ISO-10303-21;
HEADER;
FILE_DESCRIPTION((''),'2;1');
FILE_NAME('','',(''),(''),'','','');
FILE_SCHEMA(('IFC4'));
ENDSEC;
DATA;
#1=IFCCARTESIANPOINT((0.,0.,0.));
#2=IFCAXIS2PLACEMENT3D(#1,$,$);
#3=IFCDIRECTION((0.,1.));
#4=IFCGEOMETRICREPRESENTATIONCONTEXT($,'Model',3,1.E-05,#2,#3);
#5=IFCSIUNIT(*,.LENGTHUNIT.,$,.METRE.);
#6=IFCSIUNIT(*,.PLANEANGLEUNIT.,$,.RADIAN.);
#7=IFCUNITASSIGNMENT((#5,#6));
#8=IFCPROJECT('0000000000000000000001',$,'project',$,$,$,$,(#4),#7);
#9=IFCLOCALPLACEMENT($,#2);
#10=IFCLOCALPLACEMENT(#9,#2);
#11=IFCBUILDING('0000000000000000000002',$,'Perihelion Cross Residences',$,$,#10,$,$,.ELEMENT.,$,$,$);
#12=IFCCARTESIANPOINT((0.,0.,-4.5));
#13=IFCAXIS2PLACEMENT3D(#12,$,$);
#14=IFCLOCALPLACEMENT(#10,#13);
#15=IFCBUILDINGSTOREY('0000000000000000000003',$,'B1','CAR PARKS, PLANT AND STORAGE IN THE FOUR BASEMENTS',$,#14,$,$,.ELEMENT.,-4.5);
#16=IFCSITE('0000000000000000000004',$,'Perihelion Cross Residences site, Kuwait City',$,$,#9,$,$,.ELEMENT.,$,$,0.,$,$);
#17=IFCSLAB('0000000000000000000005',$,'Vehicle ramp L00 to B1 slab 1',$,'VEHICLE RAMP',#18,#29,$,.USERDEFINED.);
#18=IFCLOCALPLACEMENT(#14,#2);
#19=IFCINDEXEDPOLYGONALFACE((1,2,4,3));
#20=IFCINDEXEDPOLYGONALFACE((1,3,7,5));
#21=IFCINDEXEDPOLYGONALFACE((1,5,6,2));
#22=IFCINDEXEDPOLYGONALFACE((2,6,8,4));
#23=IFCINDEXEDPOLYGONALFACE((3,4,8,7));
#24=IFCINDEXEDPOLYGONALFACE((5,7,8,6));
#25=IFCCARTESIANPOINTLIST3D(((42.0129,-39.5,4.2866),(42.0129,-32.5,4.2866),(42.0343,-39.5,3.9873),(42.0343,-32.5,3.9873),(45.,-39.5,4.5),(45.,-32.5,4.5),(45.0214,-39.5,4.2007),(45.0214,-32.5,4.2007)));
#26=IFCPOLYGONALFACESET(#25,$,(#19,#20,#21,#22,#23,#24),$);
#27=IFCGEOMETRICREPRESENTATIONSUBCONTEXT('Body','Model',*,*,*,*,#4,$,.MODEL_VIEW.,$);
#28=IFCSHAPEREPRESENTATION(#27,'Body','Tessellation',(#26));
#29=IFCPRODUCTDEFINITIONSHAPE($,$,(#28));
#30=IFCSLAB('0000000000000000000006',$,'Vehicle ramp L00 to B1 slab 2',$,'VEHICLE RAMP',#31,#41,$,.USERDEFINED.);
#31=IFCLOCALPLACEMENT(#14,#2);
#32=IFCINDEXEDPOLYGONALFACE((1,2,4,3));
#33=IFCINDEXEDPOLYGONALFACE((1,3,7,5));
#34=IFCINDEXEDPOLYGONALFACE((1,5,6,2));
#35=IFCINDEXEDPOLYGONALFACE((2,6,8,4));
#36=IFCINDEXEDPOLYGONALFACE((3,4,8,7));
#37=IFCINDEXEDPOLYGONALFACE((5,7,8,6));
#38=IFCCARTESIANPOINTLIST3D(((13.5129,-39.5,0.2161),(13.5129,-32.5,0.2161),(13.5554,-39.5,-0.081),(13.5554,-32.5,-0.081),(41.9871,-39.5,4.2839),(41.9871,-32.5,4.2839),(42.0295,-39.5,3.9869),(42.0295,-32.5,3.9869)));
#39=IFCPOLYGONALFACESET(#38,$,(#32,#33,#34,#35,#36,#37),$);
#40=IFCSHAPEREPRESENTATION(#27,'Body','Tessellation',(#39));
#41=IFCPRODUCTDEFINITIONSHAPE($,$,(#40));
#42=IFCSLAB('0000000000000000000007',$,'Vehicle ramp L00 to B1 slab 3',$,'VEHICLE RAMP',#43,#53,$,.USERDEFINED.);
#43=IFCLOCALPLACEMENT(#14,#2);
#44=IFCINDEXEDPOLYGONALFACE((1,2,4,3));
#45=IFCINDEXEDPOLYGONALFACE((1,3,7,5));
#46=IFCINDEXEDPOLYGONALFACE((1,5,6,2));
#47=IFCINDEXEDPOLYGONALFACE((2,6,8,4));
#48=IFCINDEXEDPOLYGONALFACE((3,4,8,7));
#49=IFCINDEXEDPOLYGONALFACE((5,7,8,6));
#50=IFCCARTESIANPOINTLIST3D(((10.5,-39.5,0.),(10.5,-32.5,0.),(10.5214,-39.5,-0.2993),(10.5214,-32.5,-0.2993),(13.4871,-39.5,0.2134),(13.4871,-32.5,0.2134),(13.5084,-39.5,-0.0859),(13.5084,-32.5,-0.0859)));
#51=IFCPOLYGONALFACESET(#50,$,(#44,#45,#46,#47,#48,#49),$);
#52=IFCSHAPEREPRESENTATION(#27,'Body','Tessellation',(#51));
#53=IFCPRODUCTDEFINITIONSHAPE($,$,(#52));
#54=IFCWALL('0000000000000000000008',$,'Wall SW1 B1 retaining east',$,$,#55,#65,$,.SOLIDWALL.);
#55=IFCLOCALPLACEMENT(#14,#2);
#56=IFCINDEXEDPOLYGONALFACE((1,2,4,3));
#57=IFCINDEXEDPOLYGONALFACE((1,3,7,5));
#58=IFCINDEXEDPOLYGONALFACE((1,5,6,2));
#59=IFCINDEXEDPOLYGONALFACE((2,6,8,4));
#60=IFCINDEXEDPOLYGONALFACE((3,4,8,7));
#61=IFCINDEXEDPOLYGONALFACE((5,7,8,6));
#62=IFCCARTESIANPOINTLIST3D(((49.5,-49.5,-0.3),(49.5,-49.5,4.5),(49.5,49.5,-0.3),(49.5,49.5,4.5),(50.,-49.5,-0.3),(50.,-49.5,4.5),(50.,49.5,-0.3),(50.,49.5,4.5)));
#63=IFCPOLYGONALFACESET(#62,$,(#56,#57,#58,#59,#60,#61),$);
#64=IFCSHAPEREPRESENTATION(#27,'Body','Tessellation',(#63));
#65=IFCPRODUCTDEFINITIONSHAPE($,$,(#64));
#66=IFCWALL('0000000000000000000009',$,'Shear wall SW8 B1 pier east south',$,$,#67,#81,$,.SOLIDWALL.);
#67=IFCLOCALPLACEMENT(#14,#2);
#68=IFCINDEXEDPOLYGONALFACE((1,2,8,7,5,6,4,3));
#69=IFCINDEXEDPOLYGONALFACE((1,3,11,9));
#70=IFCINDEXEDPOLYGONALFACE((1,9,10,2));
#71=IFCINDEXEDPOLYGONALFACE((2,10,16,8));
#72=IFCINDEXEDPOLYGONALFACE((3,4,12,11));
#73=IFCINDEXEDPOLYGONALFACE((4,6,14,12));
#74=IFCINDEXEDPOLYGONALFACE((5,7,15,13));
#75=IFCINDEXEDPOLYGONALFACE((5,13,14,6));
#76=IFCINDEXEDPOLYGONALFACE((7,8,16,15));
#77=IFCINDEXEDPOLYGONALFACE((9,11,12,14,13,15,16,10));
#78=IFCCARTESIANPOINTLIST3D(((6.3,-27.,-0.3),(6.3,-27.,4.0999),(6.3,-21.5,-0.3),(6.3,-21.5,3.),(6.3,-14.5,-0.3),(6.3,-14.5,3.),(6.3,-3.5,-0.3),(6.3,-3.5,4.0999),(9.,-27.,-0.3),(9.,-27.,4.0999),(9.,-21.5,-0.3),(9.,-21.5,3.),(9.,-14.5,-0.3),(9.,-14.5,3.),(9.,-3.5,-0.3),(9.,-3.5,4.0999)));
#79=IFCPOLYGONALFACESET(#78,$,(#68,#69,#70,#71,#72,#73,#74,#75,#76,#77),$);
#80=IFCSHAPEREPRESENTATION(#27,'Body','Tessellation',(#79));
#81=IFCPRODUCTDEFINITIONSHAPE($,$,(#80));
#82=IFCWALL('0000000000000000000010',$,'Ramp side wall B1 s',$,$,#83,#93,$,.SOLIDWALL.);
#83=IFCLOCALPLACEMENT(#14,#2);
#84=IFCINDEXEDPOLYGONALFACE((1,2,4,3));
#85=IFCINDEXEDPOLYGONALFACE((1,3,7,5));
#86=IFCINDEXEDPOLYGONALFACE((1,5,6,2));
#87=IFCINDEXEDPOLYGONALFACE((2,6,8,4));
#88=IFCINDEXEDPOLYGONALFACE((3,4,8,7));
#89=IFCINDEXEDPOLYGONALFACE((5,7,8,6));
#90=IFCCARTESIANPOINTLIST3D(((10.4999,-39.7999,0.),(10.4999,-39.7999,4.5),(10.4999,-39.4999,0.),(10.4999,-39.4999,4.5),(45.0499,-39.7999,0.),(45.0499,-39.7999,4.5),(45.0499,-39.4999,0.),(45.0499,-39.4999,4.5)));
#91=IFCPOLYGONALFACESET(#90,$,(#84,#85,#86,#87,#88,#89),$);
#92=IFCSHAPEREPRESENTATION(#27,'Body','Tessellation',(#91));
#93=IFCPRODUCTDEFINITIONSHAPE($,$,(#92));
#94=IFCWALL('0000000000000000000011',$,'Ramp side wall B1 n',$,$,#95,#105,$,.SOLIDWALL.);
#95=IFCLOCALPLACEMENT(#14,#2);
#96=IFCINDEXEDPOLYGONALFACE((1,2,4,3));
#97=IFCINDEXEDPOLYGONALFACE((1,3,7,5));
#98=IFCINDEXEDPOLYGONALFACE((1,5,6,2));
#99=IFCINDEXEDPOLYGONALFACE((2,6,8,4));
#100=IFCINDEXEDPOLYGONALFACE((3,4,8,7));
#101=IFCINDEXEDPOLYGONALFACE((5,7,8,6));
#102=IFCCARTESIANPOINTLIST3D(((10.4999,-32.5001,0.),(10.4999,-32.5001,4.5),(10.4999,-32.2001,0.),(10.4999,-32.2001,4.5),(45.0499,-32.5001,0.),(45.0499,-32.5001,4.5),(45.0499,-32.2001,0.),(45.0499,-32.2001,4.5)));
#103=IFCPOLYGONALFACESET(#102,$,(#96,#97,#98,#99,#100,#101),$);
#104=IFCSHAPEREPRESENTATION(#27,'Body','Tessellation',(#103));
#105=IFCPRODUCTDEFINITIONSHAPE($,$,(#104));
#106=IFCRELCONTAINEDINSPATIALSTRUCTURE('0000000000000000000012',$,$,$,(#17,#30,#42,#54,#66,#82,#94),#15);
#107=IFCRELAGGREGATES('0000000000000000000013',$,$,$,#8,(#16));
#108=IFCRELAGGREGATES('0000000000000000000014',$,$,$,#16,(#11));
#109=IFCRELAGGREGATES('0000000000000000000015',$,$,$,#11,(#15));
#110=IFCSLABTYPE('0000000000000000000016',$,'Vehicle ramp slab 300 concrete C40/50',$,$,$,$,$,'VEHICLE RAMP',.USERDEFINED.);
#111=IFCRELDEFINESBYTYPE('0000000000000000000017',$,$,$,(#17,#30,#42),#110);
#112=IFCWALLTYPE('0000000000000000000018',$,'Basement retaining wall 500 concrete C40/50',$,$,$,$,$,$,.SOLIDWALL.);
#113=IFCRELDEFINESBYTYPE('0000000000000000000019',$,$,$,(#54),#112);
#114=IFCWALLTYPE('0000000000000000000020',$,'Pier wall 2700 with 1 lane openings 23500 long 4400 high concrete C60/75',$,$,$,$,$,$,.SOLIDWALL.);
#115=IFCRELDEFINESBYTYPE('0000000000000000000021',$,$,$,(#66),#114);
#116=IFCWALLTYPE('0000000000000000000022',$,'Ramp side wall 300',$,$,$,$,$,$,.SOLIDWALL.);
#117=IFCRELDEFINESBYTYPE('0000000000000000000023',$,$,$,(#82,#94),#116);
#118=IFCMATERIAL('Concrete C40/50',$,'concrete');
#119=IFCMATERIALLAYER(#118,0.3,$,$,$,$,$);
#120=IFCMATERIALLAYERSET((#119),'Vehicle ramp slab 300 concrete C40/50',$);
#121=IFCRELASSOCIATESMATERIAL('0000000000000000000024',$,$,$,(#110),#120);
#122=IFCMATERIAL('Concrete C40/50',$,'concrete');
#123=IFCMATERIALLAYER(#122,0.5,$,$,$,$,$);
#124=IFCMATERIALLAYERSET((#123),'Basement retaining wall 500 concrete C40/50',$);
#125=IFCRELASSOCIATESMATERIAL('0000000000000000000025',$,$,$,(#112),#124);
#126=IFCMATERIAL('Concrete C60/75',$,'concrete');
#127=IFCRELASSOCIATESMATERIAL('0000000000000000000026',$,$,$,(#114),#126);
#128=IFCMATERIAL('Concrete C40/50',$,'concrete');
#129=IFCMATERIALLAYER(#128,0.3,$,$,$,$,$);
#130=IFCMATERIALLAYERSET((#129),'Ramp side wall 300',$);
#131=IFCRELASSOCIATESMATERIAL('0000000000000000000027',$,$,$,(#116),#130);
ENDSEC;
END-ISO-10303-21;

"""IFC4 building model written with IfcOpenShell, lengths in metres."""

from ifc_helpers import new_model, si_unit, direction, frame, frame_2d, origin, place, context, subcontext, project, spatial, polyline, rectangle, outline, extrude, material, layer, layer_set, material_profile, profile_set, type_object, element, save


model = new_model("IFC4")

# Units and contexts
model_context = context("Model", 3, precision=1e-05, world=origin(), true_north=direction((0.0, 1.0)))
body_context = subcontext(model_context, "Body", "Model", "MODEL_VIEW")
ifc_project = project(units=[si_unit("LENGTHUNIT", "METRE"), si_unit("PLANEANGLEUNIT", "RADIAN")], contexts=[model_context])

# Site, building, storey
site_placement = place(None, origin())
site = spatial("IfcSite", under=ifc_project, at=site_placement, Name="Perihelion Cross Residences site, Kuwait City", CompositionType="ELEMENT", RefElevation=0.0)
building_placement = place(site_placement, origin())
building = spatial("IfcBuilding", under=site, at=building_placement, Name="Perihelion Cross Residences", CompositionType="ELEMENT")
storey_placement = place(building_placement, frame((0.0, 0.0, -4.5)))
storey = spatial("IfcBuildingStorey", under=building, at=storey_placement, Name="B1", Description="CAR PARKS, PLANT AND STORAGE IN THE FOUR BASEMENTS", CompositionType="ELEMENT", Elevation=-4.5)

# Slabs
ifc_material_1 = material(Name="Concrete C40/50", Category="concrete")
ifc_layer_1 = layer(ifc_material_1, 0.3)
ifc_layer_set_1 = layer_set([ifc_layer_1], Name="Vehicle ramp slab 300 concrete C40/50")
slab_type = type_object("IfcSlabType", Name="Vehicle ramp slab 300 concrete C40/50", ElementType="VEHICLE RAMP", PredefinedType="USERDEFINED", material=ifc_layer_set_1)
slab_1_placement = place(storey_placement, frame((45.0, -39.5, 4.5), z_axis=(-0.071253, 0.0, 0.997458), x_axis=(-0.997458, 0.0, -0.071253)))
element("IfcSlab", 1, at=slab_1_placement, inside=storey, type_object=slab_type, Name="Vehicle ramp L00 to B1 slab 1", ObjectType="VEHICLE RAMP", PredefinedType="USERDEFINED", context=body_context, shape_type="SweptSolid", body=[
    extrude(outline(polyline([(0.0, 0.0), (2.9947, 0.0), (2.9947, -7.0), (0.0, -7.0), (0.0, 0.0)])), origin(), (0.0, 0.0, -1.0), 0.3),
])
slab_2_placement = place(storey_placement, frame((41.9871, -39.5, 4.2839), z_axis=(-0.141426, 0.0, 0.989949), x_axis=(-0.989949, 0.0, -0.141426)))
element("IfcSlab", 2, at=slab_2_placement, inside=storey, type_object=slab_type, Name="Vehicle ramp L00 to B1 slab 2", ObjectType="VEHICLE RAMP", PredefinedType="USERDEFINED", context=body_context, shape_type="SweptSolid", body=[
    extrude(outline(polyline([(0.0, 0.0), (28.7632, 0.0), (28.7632, -7.0), (0.0, -7.0), (0.0, 0.0)])), origin(), (0.0, 0.0, -1.0), 0.3),
])
slab_3_placement = place(storey_placement, frame((13.4871, -39.5, 0.2134), z_axis=(-0.071253, 0.0, 0.997458), x_axis=(-0.997458, 0.0, -0.071253)))
element("IfcSlab", 3, at=slab_3_placement, inside=storey, type_object=slab_type, Name="Vehicle ramp L00 to B1 slab 3", ObjectType="VEHICLE RAMP", PredefinedType="USERDEFINED", context=body_context, shape_type="SweptSolid", body=[
    extrude(outline(polyline([(0.0, 0.0), (2.9947, 0.0), (2.9947, -7.0), (0.0, -7.0), (0.0, 0.0)])), origin(), (0.0, 0.0, -1.0), 0.3),
])

# Walls
ifc_material_2 = material(Name="Concrete C40/50", Category="concrete")
ifc_layer_2 = layer(ifc_material_2, 0.5)
ifc_layer_set_2 = layer_set([ifc_layer_2], Name="Basement retaining wall 500 concrete C40/50")
wall_type_1 = type_object("IfcWallType", Name="Basement retaining wall 500 concrete C40/50", PredefinedType="SOLIDWALL", material=ifc_layer_set_2)
wall_1_placement = place(storey_placement, frame((49.75, -49.5, -0.3), z_axis=(0.0, 0.0, 1.0), x_axis=(0.0, 1.0, 0.0)))
element("IfcWall", 4, at=wall_1_placement, inside=storey, type_object=wall_type_1, Name="Wall SW1 B1 retaining east", PredefinedType="SOLIDWALL", context=body_context, shape_type="SweptSolid", body=[
    extrude(rectangle(XDim=99.0, YDim=0.5, at=frame_2d((49.5, 0.0))), origin(), (0.0, 0.0, 1.0), 4.8),
])
ifc_material_3 = material(Name="Concrete C60/75", Category="concrete")
ifc_material_profile_1 = material_profile(ifc_material_3, outline(polyline([(0.0, 0.0), (5.5, 0.0), (5.5, 3.3), (12.5, 3.3), (12.5, 0.0), (23.5, 0.0), (23.5, 4.3999), (0.0, 4.3999), (0.0, 0.0)])), Name="Pier wall")
ifc_profile_set_1 = profile_set([ifc_material_profile_1], Name="Concrete C60/75")
wall_type_2 = type_object("IfcWallType", Name="Pier wall 2700 with 1 lane openings 23500 long 4400 high concrete C60/75", PredefinedType="SOLIDWALL", material=ifc_profile_set_1)
wall_2_placement = place(storey_placement, frame((6.3, -27.0, -0.3), z_axis=(1.0, 0.0, 0.0), x_axis=(0.0, 1.0, 0.0)))
element("IfcWall", 5, at=wall_2_placement, inside=storey, type_object=wall_type_2, Name="Shear wall SW8 B1 pier east south", PredefinedType="SOLIDWALL", context=body_context, shape_type="SweptSolid", body=[
    extrude(outline(polyline([(0.0, 0.0), (5.5, 0.0), (5.5, 3.3), (12.5, 3.3), (12.5, 0.0), (23.5, 0.0), (23.5, 4.3999), (0.0, 4.3999), (0.0, 0.0)])), origin(), (0.0, 0.0, 1.0), 2.7),
])
ifc_material_4 = material(Name="Concrete C40/50", Category="concrete")
ifc_layer_3 = layer(ifc_material_4, 0.3)
ifc_layer_set_3 = layer_set([ifc_layer_3], Name="Ramp side wall 300")
wall_type_3 = type_object("IfcWallType", Name="Ramp side wall 300", PredefinedType="SOLIDWALL", material=ifc_layer_set_3)
for number, where, z_axis, x_axis, name in (
    (6, (10.5, -39.6499, 0.0), (0.0, 0.0, 1.0), (1.0, 0.0, 0.0), "Ramp side wall B1 s"),
    (7, (10.5, -32.3501, 0.0), (0.0, 0.0, 1.0), (1.0, 0.0, 0.0), "Ramp side wall B1 n"),
):
    element("IfcWall", number, at=place(storey_placement, frame(where, z_axis=z_axis, x_axis=x_axis)), inside=storey, type_object=wall_type_3, Name=name, PredefinedType="SOLIDWALL", context=body_context, shape_type="SweptSolid", body=[
        extrude(rectangle(XDim=34.55, YDim=0.3, at=frame_2d((17.2749, 0.0))), origin(), (0.0, 0.0, 1.0), 4.5),
    ])

save(model, "model.ifc")
